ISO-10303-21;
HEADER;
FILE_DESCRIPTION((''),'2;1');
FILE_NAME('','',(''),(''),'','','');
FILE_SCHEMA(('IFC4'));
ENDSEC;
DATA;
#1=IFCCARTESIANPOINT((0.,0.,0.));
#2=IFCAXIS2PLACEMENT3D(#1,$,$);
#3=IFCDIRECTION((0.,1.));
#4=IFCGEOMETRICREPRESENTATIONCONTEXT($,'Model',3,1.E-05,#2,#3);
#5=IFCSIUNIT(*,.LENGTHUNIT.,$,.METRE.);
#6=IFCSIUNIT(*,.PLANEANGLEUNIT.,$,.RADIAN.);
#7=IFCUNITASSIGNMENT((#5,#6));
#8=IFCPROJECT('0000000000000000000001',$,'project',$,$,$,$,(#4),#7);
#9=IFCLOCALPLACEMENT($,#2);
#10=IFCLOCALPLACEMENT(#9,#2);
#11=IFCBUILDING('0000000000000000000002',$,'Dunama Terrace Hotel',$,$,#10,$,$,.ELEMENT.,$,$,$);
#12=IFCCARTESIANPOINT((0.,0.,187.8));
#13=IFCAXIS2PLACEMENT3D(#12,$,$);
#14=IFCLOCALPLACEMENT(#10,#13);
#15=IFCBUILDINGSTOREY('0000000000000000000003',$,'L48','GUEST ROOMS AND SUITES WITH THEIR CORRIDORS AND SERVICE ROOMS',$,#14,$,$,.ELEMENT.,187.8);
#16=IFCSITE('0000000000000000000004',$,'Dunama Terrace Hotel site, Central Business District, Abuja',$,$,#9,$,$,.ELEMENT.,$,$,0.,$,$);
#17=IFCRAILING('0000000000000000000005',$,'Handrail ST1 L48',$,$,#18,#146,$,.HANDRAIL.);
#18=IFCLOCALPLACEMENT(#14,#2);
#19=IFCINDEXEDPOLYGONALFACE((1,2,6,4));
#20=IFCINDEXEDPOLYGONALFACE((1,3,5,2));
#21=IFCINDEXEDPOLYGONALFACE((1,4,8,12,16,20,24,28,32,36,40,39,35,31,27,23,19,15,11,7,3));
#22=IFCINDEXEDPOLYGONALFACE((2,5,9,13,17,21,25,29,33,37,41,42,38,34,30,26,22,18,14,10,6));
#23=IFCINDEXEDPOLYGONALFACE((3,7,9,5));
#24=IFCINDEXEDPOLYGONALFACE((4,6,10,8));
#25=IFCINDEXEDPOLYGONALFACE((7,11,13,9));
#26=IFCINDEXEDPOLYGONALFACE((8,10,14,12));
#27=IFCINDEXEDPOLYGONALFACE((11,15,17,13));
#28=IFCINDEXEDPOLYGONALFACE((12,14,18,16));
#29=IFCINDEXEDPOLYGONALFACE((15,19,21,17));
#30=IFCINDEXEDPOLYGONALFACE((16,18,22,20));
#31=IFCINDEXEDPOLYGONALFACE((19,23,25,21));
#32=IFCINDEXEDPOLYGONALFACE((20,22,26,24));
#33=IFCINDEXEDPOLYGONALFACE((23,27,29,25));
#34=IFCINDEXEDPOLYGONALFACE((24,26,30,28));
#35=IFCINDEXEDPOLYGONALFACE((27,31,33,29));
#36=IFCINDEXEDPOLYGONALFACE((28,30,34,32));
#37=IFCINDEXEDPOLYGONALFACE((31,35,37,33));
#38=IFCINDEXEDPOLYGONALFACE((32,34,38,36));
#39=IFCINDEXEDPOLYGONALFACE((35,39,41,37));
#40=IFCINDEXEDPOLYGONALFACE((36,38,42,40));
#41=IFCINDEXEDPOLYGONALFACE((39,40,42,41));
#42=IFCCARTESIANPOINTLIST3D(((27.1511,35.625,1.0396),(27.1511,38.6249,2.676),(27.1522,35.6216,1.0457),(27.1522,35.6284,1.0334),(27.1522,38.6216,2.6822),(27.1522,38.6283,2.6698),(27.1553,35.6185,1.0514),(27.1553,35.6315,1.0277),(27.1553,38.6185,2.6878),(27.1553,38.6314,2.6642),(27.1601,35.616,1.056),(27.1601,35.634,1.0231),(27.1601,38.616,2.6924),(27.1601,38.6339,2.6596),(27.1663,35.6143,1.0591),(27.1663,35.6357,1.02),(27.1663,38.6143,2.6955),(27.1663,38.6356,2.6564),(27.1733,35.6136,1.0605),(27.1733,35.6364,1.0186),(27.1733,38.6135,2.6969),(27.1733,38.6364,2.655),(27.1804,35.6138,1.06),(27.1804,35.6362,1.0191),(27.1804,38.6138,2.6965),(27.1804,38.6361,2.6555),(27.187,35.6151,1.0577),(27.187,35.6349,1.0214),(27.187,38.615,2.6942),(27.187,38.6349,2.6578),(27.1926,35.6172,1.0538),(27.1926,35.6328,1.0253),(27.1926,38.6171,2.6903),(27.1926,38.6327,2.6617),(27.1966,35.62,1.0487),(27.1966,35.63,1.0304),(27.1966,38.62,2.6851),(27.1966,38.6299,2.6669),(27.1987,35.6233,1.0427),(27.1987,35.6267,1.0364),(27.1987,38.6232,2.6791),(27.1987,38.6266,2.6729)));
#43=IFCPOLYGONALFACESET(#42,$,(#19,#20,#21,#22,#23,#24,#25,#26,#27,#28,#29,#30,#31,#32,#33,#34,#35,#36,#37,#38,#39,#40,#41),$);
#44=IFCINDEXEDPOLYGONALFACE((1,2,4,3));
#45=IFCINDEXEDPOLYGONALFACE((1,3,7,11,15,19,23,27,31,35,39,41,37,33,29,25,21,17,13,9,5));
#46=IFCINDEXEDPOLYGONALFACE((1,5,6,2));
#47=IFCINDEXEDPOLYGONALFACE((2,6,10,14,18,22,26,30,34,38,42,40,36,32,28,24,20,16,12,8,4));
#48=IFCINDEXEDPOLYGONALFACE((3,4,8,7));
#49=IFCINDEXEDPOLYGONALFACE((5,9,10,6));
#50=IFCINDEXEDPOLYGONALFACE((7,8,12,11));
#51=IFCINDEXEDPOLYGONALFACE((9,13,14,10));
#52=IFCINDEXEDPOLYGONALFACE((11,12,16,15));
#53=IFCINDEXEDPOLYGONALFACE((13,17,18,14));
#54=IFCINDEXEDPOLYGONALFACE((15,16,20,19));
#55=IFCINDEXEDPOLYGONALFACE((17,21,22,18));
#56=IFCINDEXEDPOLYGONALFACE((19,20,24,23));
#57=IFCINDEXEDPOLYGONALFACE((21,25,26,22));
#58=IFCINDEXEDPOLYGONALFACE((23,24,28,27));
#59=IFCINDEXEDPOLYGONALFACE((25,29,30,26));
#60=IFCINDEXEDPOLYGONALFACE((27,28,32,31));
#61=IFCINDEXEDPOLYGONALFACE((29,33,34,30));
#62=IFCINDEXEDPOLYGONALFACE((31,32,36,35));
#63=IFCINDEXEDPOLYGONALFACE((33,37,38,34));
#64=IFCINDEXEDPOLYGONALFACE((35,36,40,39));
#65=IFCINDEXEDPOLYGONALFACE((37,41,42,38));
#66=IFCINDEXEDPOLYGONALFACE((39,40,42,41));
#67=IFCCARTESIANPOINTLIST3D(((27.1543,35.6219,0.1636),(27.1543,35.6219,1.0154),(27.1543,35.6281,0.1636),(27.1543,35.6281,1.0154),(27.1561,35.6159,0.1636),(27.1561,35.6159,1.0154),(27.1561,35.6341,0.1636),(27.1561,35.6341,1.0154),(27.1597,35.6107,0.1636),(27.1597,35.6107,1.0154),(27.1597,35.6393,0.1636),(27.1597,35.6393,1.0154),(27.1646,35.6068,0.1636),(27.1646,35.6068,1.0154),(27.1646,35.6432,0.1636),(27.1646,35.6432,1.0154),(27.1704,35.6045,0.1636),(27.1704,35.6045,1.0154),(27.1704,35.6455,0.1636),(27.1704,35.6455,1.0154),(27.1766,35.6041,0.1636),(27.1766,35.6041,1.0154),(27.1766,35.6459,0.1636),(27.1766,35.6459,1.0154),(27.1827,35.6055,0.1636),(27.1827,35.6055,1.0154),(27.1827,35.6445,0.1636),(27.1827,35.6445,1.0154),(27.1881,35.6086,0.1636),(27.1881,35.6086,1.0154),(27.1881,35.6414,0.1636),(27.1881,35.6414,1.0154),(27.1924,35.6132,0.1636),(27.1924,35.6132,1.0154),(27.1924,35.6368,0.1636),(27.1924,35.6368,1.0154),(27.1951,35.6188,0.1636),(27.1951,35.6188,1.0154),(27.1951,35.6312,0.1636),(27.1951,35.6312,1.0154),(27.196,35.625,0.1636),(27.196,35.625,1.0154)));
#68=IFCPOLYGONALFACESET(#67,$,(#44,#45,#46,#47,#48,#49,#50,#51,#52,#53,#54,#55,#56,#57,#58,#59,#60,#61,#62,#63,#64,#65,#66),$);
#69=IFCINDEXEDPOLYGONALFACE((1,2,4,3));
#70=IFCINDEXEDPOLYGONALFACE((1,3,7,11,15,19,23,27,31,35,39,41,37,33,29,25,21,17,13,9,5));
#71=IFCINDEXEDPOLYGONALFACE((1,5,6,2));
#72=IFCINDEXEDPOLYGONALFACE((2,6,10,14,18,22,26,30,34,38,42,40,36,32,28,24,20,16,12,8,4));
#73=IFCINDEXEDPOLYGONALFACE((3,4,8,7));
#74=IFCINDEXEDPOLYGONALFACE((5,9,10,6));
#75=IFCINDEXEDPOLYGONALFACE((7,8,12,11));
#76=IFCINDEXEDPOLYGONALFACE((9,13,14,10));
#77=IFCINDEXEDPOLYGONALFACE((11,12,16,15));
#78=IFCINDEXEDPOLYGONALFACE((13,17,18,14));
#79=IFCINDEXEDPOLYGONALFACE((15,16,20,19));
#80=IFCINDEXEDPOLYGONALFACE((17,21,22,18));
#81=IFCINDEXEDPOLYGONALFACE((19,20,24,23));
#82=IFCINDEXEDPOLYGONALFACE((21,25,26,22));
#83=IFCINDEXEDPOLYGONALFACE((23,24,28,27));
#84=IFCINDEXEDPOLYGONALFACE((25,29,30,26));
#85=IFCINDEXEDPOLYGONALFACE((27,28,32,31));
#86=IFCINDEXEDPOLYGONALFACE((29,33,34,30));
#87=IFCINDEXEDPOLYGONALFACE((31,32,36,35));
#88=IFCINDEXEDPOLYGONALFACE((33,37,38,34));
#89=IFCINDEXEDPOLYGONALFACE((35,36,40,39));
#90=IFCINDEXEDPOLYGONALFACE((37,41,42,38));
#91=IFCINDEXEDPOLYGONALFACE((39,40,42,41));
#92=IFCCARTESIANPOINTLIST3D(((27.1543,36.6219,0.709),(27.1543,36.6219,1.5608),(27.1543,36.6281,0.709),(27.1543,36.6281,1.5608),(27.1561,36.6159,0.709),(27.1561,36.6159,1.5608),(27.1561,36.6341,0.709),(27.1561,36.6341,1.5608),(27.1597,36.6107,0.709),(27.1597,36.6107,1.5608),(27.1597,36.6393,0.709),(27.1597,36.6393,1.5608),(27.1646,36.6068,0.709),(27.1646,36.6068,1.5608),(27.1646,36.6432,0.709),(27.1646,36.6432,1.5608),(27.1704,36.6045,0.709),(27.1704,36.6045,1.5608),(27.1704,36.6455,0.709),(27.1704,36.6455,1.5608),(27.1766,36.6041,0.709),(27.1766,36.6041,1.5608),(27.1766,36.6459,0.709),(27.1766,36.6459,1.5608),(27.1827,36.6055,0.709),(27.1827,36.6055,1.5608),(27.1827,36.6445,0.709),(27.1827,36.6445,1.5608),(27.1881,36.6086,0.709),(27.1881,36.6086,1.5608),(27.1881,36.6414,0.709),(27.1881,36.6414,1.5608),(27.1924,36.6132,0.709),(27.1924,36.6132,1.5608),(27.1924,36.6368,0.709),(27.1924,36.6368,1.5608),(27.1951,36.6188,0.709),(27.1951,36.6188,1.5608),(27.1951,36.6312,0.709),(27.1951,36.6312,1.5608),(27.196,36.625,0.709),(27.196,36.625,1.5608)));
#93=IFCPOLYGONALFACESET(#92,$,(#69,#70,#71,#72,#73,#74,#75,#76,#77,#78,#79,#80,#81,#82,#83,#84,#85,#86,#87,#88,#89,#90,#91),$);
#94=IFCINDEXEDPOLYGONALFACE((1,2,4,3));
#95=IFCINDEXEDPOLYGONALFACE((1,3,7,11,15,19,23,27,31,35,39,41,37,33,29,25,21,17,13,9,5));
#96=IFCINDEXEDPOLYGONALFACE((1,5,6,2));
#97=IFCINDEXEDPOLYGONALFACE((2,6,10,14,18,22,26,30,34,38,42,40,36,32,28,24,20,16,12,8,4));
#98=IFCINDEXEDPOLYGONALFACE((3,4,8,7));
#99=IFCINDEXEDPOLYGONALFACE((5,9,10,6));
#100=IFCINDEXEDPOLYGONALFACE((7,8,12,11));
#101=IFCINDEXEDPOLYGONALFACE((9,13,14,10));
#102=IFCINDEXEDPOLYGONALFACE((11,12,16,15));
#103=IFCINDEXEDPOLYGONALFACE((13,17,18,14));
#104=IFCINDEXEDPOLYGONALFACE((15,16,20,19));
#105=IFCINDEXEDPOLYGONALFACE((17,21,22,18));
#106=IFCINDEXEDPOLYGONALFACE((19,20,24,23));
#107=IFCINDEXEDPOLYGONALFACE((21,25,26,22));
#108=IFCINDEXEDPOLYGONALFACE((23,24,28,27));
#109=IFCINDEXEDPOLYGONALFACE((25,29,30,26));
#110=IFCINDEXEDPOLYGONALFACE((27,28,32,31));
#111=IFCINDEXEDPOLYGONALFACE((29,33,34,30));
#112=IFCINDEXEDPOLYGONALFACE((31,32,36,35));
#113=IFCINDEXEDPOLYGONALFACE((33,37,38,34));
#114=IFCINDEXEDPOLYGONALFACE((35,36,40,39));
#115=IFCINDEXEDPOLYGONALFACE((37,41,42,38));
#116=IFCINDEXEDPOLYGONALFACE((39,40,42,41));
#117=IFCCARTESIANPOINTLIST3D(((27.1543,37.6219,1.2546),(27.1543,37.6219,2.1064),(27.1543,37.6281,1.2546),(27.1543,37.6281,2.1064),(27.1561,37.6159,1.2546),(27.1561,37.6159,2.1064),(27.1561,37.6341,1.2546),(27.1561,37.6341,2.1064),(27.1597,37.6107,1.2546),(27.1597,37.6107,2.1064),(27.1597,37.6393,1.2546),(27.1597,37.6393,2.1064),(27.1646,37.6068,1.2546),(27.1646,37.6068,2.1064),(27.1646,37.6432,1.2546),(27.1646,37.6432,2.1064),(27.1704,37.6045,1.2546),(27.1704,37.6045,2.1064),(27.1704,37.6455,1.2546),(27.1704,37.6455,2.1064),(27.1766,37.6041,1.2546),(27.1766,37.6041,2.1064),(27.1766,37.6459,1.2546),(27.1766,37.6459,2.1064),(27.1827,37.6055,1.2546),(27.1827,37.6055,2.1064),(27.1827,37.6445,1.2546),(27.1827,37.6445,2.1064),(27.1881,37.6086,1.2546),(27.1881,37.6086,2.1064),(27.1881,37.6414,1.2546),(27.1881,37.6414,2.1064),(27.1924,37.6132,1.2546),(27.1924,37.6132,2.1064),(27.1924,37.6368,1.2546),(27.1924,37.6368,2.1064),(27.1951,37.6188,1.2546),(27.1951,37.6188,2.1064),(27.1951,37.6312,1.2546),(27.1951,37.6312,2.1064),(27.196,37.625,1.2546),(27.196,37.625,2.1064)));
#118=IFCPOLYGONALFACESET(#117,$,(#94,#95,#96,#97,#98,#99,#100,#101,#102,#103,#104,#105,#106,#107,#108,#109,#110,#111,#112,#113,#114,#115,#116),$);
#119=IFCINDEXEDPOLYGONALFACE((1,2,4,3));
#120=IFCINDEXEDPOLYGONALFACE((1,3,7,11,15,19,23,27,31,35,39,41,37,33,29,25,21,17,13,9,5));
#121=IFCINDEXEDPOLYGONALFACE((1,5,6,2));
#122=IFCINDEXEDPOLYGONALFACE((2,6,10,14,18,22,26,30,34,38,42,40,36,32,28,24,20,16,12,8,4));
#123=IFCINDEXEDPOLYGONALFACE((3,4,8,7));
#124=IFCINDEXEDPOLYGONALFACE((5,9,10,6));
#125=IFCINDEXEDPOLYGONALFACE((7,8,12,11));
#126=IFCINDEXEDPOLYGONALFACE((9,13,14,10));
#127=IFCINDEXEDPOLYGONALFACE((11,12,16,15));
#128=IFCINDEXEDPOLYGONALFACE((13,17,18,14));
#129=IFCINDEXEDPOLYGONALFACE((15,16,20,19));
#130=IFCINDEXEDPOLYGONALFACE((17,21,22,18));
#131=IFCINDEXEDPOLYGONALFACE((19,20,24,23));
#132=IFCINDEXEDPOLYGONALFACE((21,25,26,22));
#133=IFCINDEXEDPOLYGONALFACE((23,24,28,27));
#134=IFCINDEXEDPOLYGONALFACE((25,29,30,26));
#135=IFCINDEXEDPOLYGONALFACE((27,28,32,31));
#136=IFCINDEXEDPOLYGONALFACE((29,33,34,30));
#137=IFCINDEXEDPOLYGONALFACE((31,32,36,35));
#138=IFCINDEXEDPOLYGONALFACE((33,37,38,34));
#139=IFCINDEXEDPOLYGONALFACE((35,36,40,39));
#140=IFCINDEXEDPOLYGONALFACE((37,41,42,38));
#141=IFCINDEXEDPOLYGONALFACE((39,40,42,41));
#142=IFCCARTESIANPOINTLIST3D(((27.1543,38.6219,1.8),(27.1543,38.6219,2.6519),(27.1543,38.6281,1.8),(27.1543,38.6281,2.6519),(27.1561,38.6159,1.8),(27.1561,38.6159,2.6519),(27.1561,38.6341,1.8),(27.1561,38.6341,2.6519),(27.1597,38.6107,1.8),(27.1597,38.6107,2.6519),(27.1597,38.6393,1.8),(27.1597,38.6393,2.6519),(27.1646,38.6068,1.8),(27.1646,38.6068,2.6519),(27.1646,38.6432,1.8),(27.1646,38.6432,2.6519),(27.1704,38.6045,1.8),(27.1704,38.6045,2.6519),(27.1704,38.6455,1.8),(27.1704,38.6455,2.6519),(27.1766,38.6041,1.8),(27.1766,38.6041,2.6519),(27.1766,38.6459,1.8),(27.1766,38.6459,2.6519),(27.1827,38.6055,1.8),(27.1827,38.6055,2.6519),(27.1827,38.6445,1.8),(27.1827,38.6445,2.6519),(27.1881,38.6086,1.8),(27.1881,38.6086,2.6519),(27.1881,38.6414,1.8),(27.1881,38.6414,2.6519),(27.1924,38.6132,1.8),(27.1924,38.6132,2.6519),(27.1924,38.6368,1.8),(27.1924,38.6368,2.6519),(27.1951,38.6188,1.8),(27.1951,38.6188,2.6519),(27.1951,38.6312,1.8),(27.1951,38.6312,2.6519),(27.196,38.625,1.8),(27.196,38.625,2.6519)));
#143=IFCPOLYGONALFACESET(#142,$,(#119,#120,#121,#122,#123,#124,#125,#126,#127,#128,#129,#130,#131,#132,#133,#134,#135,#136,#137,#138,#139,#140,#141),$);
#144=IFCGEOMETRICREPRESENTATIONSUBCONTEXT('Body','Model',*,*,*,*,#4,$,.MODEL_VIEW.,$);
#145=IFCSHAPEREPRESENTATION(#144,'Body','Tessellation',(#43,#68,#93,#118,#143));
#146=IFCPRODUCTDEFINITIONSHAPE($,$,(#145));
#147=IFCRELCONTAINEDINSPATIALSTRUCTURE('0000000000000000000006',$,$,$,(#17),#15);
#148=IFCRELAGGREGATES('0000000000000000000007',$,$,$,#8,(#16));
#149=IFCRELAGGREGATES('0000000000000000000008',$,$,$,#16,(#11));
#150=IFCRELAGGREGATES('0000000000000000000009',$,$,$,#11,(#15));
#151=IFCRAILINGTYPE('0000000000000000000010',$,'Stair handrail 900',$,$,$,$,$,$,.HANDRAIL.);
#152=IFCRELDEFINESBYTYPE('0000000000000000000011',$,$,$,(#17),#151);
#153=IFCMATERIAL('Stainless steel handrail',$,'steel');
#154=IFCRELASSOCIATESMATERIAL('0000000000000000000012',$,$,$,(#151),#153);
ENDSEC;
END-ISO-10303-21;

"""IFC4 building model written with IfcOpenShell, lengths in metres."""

from ifc_helpers import new_model, si_unit, direction, frame, origin, origin_2d, place, context, subcontext, project, spatial, circle, extrude, material, type_object, element, save


model = new_model("IFC4")

# Units and contexts
model_context = context("Model", 3, precision=1e-05, world=origin(), true_north=direction((0.0, 1.0)))
body_context = subcontext(model_context, "Body", "Model", "MODEL_VIEW")
ifc_project = project(units=[si_unit("LENGTHUNIT", "METRE"), si_unit("PLANEANGLEUNIT", "RADIAN")], contexts=[model_context])

# Site, building, storey
site_placement = place(None, origin())
site = spatial("IfcSite", under=ifc_project, at=site_placement, Name="Dunama Terrace Hotel site, Central Business District, Abuja", CompositionType="ELEMENT", RefElevation=0.0)
building_placement = place(site_placement, origin())
building = spatial("IfcBuilding", under=site, at=building_placement, Name="Dunama Terrace Hotel", CompositionType="ELEMENT")
storey_placement = place(building_placement, frame((0.0, 0.0, 187.8)))
storey = spatial("IfcBuildingStorey", under=building, at=storey_placement, Name="L48", Description="GUEST ROOMS AND SUITES WITH THEIR CORRIDORS AND SERVICE ROOMS", CompositionType="ELEMENT", Elevation=187.8)

# Railing
ifc_material_1 = material(Name="Stainless steel handrail", Category="steel")
railing_type = type_object("IfcRailingType", Name="Stair handrail 900", PredefinedType="HANDRAIL", material=ifc_material_1)
railing_1_placement = place(storey_placement, frame((27.175, 35.625, 0.1636)))
element("IfcRailing", 1, at=railing_1_placement, inside=storey, type_object=railing_type, Name="Handrail ST1 L48", PredefinedType="HANDRAIL", context=body_context, shape_type="SweptSolid", body=[
    extrude(circle(Radius=0.0239, at=origin_2d()), frame((0.0, 0.0, 0.876), z_axis=(0.0, 0.877882, 0.478877), x_axis=(-1.0, 0.0, 0.0)), (0.0, 0.0, 1.0), 3.4172),
    extrude(circle(Radius=0.021, at=origin_2d()), origin(), (0.0, 0.0, 1.0), 0.8518),
    extrude(circle(Radius=0.021, at=origin_2d()), frame((0.0, 1.0, 0.5454)), (0.0, 0.0, 1.0), 0.8518),
    extrude(circle(Radius=0.021, at=origin_2d()), frame((0.0, 2.0, 1.0911)), (0.0, 0.0, 1.0), 0.8518),
    extrude(circle(Radius=0.021, at=origin_2d()), frame((0.0, 3.0, 1.6365)), (0.0, 0.0, 1.0), 0.8518),
])

save(model, "model.ifc")
